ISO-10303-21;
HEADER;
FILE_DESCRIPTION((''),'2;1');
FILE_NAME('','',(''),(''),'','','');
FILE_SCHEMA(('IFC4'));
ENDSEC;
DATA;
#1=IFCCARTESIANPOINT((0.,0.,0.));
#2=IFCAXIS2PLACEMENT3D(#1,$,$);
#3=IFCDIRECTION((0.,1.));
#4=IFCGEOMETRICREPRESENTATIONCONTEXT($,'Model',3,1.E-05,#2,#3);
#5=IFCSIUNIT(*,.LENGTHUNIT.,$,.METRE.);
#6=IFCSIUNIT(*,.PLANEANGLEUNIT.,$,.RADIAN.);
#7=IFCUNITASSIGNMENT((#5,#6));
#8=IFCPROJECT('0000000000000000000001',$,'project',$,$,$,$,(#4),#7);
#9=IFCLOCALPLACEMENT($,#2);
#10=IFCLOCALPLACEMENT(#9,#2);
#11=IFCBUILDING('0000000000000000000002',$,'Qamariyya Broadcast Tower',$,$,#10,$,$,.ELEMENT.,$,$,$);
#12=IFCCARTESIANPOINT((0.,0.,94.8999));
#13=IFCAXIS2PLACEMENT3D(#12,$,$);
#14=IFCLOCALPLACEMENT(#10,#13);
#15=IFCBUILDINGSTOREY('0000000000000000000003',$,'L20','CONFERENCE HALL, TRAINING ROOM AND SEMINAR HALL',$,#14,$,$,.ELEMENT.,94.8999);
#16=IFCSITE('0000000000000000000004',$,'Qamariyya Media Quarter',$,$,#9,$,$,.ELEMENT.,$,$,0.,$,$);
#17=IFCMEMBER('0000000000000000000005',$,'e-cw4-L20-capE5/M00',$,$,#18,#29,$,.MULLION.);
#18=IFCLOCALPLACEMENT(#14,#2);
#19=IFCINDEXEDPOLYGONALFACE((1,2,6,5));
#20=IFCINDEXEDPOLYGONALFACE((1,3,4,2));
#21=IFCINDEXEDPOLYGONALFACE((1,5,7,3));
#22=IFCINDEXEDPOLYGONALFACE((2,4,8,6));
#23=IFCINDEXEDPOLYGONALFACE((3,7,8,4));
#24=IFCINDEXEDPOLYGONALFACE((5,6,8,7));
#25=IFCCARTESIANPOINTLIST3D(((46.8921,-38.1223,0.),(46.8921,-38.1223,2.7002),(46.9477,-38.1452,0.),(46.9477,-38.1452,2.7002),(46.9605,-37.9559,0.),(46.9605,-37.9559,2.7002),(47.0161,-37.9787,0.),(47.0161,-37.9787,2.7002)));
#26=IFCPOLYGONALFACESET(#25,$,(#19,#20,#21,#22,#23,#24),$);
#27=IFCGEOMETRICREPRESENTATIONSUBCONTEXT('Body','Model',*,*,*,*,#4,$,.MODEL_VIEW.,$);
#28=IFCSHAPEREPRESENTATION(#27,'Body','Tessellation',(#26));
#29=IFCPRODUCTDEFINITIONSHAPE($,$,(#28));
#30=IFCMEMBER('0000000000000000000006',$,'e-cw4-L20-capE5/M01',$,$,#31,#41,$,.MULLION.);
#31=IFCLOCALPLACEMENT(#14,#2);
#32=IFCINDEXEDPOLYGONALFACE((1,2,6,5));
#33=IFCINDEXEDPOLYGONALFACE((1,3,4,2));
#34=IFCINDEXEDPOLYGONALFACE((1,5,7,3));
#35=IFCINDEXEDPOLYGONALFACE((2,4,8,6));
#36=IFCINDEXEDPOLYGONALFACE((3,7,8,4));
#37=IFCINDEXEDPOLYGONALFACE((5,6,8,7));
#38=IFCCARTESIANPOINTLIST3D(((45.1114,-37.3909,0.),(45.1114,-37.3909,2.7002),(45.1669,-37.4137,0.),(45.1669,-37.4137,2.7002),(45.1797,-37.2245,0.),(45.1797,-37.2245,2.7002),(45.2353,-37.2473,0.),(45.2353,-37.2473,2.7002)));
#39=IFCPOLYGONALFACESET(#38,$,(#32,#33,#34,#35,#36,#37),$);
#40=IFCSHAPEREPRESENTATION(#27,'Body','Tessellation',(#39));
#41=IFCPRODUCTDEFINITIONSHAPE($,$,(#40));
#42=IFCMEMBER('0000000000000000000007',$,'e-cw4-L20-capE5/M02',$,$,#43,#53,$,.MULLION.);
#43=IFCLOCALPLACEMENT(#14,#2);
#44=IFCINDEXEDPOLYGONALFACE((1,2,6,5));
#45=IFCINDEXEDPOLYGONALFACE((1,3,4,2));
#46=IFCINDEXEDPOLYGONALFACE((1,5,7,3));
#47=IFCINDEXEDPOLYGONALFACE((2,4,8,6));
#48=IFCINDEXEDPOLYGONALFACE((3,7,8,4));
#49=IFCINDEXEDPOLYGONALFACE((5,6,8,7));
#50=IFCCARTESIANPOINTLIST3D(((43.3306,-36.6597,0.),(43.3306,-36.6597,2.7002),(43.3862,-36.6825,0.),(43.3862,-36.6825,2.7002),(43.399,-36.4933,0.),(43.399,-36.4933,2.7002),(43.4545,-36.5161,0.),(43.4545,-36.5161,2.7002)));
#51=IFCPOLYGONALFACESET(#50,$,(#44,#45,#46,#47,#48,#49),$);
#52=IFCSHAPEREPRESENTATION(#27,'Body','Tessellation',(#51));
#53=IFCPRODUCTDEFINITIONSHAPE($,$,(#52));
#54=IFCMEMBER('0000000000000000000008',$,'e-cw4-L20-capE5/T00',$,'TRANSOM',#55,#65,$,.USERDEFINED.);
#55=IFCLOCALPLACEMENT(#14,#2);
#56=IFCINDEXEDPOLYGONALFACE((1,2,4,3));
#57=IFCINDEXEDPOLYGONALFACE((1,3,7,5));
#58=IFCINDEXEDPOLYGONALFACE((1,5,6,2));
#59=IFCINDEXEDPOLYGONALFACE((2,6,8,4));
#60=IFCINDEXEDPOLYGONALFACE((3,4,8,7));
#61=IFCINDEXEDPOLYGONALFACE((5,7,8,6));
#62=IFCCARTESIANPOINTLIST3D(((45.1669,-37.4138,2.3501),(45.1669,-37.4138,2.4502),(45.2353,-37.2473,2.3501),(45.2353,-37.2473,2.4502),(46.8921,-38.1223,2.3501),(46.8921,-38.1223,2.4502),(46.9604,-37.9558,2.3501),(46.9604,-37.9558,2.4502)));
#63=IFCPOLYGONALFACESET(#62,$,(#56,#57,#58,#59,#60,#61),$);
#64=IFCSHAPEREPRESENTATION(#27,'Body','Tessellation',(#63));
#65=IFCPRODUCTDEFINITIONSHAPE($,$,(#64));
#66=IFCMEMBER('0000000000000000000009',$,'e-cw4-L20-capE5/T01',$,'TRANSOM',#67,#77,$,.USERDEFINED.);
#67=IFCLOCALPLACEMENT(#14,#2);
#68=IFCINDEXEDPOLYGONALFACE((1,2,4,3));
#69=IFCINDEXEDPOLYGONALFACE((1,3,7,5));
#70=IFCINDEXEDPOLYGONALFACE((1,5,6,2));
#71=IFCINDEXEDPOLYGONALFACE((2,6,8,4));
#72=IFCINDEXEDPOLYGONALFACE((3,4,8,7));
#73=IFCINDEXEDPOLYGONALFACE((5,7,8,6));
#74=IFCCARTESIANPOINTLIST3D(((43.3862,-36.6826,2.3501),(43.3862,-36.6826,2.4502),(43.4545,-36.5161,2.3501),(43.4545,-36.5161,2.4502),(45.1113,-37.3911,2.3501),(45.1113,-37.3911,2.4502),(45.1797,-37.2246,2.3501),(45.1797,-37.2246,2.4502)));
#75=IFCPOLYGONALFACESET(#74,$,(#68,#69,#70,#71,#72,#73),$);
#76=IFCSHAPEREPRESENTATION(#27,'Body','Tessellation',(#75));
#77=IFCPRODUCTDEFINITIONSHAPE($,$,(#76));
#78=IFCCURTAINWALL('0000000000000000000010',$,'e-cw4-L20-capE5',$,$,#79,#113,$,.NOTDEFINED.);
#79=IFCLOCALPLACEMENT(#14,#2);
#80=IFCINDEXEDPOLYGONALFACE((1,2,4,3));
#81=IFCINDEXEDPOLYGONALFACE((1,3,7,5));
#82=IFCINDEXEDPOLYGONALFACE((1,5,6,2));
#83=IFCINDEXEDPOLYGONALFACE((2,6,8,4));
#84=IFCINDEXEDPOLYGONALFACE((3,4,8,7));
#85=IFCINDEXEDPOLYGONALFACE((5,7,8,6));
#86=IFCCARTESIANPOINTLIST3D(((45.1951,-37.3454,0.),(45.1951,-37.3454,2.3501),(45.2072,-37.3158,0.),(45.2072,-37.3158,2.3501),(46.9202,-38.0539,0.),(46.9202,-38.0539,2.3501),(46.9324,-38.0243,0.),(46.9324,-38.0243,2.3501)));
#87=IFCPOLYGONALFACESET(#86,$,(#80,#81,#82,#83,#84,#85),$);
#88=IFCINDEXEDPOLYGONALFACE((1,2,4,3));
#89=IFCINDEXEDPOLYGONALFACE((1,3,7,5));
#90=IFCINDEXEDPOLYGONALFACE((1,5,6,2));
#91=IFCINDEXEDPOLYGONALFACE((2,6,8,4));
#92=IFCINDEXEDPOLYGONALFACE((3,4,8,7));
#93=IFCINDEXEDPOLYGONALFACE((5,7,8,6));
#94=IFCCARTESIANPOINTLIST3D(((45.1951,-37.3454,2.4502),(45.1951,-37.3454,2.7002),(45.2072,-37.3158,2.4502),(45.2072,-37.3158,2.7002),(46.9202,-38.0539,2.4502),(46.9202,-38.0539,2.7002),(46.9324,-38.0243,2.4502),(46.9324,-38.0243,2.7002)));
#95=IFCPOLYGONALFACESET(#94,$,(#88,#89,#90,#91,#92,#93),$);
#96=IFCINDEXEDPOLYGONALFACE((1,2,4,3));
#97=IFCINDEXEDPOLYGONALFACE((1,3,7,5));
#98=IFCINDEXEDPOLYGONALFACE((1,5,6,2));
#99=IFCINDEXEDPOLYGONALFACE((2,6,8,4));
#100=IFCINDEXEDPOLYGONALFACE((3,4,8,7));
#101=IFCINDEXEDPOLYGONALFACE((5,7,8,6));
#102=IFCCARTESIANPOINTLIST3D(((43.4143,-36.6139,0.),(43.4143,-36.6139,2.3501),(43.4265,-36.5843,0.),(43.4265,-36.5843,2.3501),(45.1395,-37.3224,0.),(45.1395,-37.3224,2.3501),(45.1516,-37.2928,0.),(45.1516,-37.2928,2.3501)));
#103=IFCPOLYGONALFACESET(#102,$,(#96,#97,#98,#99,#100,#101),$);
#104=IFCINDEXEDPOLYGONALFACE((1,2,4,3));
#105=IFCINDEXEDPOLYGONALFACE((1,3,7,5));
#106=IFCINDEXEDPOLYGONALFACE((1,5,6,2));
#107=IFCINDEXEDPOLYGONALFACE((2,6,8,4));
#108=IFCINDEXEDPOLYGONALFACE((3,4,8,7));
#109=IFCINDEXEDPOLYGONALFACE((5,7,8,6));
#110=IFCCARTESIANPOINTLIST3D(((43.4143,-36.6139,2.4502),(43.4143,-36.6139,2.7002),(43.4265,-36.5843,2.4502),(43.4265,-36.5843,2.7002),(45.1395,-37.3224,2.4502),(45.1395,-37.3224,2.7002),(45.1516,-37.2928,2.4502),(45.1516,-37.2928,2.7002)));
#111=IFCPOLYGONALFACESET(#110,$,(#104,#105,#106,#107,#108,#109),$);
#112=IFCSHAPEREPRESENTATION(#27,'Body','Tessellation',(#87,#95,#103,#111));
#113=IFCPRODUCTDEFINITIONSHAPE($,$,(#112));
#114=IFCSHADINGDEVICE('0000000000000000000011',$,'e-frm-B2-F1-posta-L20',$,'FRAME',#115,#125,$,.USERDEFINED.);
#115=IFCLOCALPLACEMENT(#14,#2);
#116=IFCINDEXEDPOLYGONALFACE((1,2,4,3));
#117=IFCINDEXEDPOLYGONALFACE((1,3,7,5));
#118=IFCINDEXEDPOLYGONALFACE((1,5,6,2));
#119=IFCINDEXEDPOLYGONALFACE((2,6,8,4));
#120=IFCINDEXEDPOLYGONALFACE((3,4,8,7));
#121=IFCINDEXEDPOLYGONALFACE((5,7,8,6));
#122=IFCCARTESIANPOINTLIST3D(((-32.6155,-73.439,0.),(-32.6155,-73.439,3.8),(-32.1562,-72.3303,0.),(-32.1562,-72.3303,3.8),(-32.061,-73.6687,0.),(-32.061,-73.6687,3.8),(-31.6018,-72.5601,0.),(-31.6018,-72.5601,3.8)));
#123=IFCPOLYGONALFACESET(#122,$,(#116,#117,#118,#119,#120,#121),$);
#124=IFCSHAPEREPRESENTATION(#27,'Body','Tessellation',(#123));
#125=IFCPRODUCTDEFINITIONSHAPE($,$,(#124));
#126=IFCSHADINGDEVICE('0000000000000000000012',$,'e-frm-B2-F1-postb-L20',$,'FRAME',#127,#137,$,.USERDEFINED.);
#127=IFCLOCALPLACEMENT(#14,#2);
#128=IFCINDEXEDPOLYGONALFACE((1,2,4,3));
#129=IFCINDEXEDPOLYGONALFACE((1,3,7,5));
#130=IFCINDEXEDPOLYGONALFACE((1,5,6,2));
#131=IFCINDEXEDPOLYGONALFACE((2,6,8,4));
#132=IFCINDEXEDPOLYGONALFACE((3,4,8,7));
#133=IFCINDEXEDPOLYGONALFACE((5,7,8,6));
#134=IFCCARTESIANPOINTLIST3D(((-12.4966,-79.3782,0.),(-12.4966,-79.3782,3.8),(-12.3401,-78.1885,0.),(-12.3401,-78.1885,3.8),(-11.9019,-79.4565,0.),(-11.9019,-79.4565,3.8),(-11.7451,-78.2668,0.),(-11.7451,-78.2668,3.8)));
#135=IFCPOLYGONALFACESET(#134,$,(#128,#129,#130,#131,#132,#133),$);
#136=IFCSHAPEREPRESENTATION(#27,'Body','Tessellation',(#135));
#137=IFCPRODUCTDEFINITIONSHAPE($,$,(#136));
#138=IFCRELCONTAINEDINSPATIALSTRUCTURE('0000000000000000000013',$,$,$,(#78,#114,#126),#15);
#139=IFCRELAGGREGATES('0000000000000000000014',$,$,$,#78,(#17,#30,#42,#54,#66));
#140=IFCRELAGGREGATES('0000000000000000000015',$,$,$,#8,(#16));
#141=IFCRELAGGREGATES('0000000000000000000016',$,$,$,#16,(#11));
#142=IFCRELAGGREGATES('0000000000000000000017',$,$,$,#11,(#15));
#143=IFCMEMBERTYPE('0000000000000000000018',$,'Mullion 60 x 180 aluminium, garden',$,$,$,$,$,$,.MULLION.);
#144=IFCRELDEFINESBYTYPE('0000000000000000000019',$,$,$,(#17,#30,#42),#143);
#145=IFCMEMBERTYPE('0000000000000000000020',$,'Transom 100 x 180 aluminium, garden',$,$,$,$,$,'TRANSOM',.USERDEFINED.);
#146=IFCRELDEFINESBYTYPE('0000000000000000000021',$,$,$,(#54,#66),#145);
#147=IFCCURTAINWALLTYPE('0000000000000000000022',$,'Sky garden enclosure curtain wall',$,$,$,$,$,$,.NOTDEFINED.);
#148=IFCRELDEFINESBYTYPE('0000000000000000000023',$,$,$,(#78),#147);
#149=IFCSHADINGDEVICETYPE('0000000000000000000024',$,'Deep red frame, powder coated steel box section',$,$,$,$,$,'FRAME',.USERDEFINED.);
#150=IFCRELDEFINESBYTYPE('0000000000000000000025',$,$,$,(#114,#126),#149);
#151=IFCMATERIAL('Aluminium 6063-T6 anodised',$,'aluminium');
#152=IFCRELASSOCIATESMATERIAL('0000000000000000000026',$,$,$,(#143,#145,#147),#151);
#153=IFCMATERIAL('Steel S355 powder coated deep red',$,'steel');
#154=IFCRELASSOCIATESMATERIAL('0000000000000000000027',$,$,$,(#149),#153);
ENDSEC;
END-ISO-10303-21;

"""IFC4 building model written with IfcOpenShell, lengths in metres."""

from ifc_helpers import new_model, si_unit, direction, frame, origin, origin_2d, place, context, subcontext, project, spatial, polyline, rectangle, outline, extrude, material, material_profile, profile_set, type_object, element, aggregate, save


model = new_model("IFC4")

# Units and contexts
model_context = context("Model", 3, precision=1e-05, world=origin(), true_north=direction((0.0, 1.0)))
body_context = subcontext(model_context, "Body", "Model", "MODEL_VIEW")
ifc_project = project(units=[si_unit("LENGTHUNIT", "METRE"), si_unit("PLANEANGLEUNIT", "RADIAN")], contexts=[model_context])

# Members
ifc_material_1 = material(Name="Aluminium 6063-T6 anodised", Category="aluminium")
ifc_material_profile_1 = material_profile(ifc_material_1, rectangle(XDim=0.1799, YDim=0.0601, at=origin_2d()))
ifc_profile_set_1 = profile_set([ifc_material_profile_1], Name="Aluminium 6063-T6 anodised")
member_type_1 = type_object("IfcMemberType", Name="Mullion 60 x 180 aluminium, garden", PredefinedType="MULLION", material=ifc_profile_set_1)
site_placement = place(None, origin())
building_placement = place(site_placement, origin())
storey_placement = place(building_placement, frame((0.0, 0.0, 94.8999)))
member_1_placement = place(storey_placement, frame((46.9541, -38.0505, 0.0), z_axis=(0.0, 0.0, 1.0), x_axis=(-0.3799, -0.925027, 0.0)))
member_1 = element("IfcMember", 1, at=member_1_placement, type_object=member_type_1, Name="e-cw4-L20-capE5/M00", PredefinedType="MULLION", context=body_context, shape_type="SweptSolid", body=[
    extrude(rectangle(XDim=0.1799, YDim=0.0601, at=origin_2d()), origin(), (0.0, 0.0, 1.0), 2.7002),
])
member_2_placement = place(storey_placement, frame((45.1733, -37.3191, 0.0), z_axis=(0.0, 0.0, 1.0), x_axis=(-0.3799, -0.925027, 0.0)))
member_2 = element("IfcMember", 2, at=member_2_placement, type_object=member_type_1, Name="e-cw4-L20-capE5/M01", PredefinedType="MULLION", context=body_context, shape_type="SweptSolid", body=[
    extrude(rectangle(XDim=0.1799, YDim=0.0601, at=origin_2d()), origin(), (0.0, 0.0, 1.0), 2.7002),
])
member_3_placement = place(storey_placement, frame((43.3926, -36.5879, 0.0), z_axis=(0.0, 0.0, 1.0), x_axis=(-0.3799, -0.925027, 0.0)))
member_3 = element("IfcMember", 3, at=member_3_placement, type_object=member_type_1, Name="e-cw4-L20-capE5/M02", PredefinedType="MULLION", context=body_context, shape_type="SweptSolid", body=[
    extrude(rectangle(XDim=0.1799, YDim=0.0601, at=origin_2d()), origin(), (0.0, 0.0, 1.0), 2.7002),
])
ifc_material_profile_2 = material_profile(ifc_material_1, rectangle(XDim=0.1799, YDim=0.1001, at=origin_2d()))
ifc_profile_set_2 = profile_set([ifc_material_profile_2], Name="Aluminium 6063-T6 anodised")
member_type_2 = type_object("IfcMemberType", Name="Transom 100 x 180 aluminium, garden", ElementType="TRANSOM", PredefinedType="USERDEFINED", material=ifc_profile_set_2)
member_4_placement = place(storey_placement, frame((46.9263, -38.0391, 2.4001), z_axis=(-0.925025, 0.379907, 0.0), x_axis=(-0.379907, -0.925025, 0.0)))
member_4 = element("IfcMember", 4, at=member_4_placement, type_object=member_type_2, Name="e-cw4-L20-capE5/T00", ObjectType="TRANSOM", PredefinedType="USERDEFINED", context=body_context, shape_type="SweptSolid", body=[
    extrude(rectangle(XDim=0.1799, YDim=0.1001, at=origin_2d()), origin(), (0.0, 0.0, 1.0), 1.865),
])
member_5_placement = place(storey_placement, frame((45.1455, -37.3079, 2.4001), z_axis=(-0.925025, 0.379907, 0.0), x_axis=(-0.379907, -0.925025, 0.0)))
member_5 = element("IfcMember", 5, at=member_5_placement, type_object=member_type_2, Name="e-cw4-L20-capE5/T01", ObjectType="TRANSOM", PredefinedType="USERDEFINED", context=body_context, shape_type="SweptSolid", body=[
    extrude(rectangle(XDim=0.1799, YDim=0.1001, at=origin_2d()), origin(), (0.0, 0.0, 1.0), 1.865),
])

# Site, building, storey
site = spatial("IfcSite", under=ifc_project, at=site_placement, Name="Qamariyya Media Quarter", CompositionType="ELEMENT", RefElevation=0.0)
building = spatial("IfcBuilding", under=site, at=building_placement, Name="Qamariyya Broadcast Tower", CompositionType="ELEMENT")
storey = spatial("IfcBuildingStorey", under=building, at=storey_placement, Name="L20", Description="CONFERENCE HALL, TRAINING ROOM AND SEMINAR HALL", CompositionType="ELEMENT", Elevation=94.8999)

# Curtain wall
curtain_wall_type = type_object("IfcCurtainWallType", Name="Sky garden enclosure curtain wall", PredefinedType="NOTDEFINED", material=ifc_material_1)
curtain_wall_1_placement = place(storey_placement, origin())
curtain_wall_1 = element("IfcCurtainWall", 6, at=curtain_wall_1_placement, inside=storey, type_object=curtain_wall_type, Name="e-cw4-L20-capE5", PredefinedType="NOTDEFINED", context=body_context, shape_type="SweptSolid", body=[
    extrude(rectangle(XDim=1.865, YDim=0.032, at=origin_2d()), frame((46.0637, -37.6848, 0.0), x_axis=(-0.925027, 0.379902, 0.0)), (0.0, 0.0, 1.0), 2.3501),
    extrude(rectangle(XDim=1.865, YDim=0.032, at=origin_2d()), frame((46.0637, -37.6848, 2.4502), x_axis=(-0.925027, 0.379902, 0.0)), (0.0, 0.0, 1.0), 0.25),
    extrude(rectangle(XDim=1.865, YDim=0.032, at=origin_2d()), frame((44.283, -36.9534, 0.0), x_axis=(-0.925027, 0.379902, 0.0)), (0.0, 0.0, 1.0), 2.3501),
    extrude(rectangle(XDim=1.865, YDim=0.032, at=origin_2d()), frame((44.283, -36.9534, 2.4502), x_axis=(-0.925027, 0.379902, 0.0)), (0.0, 0.0, 1.0), 0.25),
])
aggregate(curtain_wall_1, [member_1, member_2, member_3, member_4, member_5])

# Shading devices
ifc_material_2 = material(Name="Steel S355 powder coated deep red", Category="steel")
shading_device_type = type_object("IfcShadingDeviceType", Name="Deep red frame, powder coated steel box section", ElementType="FRAME", PredefinedType="USERDEFINED", material=ifc_material_2)
shading_device_1_placement = place(storey_placement, origin())
element("IfcShadingDevice", 7, at=shading_device_1_placement, inside=storey, type_object=shading_device_type, Name="e-frm-B2-F1-posta-L20", ObjectType="FRAME", PredefinedType="USERDEFINED", context=body_context, shape_type="SweptSolid", body=[
    extrude(outline(polyline([(-32.1562, -72.3303), (-32.6155, -73.439), (-32.061, -73.6687), (-31.6018, -72.5601), (-32.1562, -72.3303)])), origin(), (0.0, 0.0, 1.0), 3.8),
])
shading_device_2_placement = place(storey_placement, origin())
element("IfcShadingDevice", 8, at=shading_device_2_placement, inside=storey, type_object=shading_device_type, Name="e-frm-B2-F1-postb-L20", ObjectType="FRAME", PredefinedType="USERDEFINED", context=body_context, shape_type="SweptSolid", body=[
    extrude(outline(polyline([(-12.3401, -78.1885), (-12.4966, -79.3782), (-11.9019, -79.4565), (-11.7451, -78.2668), (-12.3401, -78.1885)])), origin(), (0.0, 0.0, 1.0), 3.8),
])

save(model, "model.ifc")
